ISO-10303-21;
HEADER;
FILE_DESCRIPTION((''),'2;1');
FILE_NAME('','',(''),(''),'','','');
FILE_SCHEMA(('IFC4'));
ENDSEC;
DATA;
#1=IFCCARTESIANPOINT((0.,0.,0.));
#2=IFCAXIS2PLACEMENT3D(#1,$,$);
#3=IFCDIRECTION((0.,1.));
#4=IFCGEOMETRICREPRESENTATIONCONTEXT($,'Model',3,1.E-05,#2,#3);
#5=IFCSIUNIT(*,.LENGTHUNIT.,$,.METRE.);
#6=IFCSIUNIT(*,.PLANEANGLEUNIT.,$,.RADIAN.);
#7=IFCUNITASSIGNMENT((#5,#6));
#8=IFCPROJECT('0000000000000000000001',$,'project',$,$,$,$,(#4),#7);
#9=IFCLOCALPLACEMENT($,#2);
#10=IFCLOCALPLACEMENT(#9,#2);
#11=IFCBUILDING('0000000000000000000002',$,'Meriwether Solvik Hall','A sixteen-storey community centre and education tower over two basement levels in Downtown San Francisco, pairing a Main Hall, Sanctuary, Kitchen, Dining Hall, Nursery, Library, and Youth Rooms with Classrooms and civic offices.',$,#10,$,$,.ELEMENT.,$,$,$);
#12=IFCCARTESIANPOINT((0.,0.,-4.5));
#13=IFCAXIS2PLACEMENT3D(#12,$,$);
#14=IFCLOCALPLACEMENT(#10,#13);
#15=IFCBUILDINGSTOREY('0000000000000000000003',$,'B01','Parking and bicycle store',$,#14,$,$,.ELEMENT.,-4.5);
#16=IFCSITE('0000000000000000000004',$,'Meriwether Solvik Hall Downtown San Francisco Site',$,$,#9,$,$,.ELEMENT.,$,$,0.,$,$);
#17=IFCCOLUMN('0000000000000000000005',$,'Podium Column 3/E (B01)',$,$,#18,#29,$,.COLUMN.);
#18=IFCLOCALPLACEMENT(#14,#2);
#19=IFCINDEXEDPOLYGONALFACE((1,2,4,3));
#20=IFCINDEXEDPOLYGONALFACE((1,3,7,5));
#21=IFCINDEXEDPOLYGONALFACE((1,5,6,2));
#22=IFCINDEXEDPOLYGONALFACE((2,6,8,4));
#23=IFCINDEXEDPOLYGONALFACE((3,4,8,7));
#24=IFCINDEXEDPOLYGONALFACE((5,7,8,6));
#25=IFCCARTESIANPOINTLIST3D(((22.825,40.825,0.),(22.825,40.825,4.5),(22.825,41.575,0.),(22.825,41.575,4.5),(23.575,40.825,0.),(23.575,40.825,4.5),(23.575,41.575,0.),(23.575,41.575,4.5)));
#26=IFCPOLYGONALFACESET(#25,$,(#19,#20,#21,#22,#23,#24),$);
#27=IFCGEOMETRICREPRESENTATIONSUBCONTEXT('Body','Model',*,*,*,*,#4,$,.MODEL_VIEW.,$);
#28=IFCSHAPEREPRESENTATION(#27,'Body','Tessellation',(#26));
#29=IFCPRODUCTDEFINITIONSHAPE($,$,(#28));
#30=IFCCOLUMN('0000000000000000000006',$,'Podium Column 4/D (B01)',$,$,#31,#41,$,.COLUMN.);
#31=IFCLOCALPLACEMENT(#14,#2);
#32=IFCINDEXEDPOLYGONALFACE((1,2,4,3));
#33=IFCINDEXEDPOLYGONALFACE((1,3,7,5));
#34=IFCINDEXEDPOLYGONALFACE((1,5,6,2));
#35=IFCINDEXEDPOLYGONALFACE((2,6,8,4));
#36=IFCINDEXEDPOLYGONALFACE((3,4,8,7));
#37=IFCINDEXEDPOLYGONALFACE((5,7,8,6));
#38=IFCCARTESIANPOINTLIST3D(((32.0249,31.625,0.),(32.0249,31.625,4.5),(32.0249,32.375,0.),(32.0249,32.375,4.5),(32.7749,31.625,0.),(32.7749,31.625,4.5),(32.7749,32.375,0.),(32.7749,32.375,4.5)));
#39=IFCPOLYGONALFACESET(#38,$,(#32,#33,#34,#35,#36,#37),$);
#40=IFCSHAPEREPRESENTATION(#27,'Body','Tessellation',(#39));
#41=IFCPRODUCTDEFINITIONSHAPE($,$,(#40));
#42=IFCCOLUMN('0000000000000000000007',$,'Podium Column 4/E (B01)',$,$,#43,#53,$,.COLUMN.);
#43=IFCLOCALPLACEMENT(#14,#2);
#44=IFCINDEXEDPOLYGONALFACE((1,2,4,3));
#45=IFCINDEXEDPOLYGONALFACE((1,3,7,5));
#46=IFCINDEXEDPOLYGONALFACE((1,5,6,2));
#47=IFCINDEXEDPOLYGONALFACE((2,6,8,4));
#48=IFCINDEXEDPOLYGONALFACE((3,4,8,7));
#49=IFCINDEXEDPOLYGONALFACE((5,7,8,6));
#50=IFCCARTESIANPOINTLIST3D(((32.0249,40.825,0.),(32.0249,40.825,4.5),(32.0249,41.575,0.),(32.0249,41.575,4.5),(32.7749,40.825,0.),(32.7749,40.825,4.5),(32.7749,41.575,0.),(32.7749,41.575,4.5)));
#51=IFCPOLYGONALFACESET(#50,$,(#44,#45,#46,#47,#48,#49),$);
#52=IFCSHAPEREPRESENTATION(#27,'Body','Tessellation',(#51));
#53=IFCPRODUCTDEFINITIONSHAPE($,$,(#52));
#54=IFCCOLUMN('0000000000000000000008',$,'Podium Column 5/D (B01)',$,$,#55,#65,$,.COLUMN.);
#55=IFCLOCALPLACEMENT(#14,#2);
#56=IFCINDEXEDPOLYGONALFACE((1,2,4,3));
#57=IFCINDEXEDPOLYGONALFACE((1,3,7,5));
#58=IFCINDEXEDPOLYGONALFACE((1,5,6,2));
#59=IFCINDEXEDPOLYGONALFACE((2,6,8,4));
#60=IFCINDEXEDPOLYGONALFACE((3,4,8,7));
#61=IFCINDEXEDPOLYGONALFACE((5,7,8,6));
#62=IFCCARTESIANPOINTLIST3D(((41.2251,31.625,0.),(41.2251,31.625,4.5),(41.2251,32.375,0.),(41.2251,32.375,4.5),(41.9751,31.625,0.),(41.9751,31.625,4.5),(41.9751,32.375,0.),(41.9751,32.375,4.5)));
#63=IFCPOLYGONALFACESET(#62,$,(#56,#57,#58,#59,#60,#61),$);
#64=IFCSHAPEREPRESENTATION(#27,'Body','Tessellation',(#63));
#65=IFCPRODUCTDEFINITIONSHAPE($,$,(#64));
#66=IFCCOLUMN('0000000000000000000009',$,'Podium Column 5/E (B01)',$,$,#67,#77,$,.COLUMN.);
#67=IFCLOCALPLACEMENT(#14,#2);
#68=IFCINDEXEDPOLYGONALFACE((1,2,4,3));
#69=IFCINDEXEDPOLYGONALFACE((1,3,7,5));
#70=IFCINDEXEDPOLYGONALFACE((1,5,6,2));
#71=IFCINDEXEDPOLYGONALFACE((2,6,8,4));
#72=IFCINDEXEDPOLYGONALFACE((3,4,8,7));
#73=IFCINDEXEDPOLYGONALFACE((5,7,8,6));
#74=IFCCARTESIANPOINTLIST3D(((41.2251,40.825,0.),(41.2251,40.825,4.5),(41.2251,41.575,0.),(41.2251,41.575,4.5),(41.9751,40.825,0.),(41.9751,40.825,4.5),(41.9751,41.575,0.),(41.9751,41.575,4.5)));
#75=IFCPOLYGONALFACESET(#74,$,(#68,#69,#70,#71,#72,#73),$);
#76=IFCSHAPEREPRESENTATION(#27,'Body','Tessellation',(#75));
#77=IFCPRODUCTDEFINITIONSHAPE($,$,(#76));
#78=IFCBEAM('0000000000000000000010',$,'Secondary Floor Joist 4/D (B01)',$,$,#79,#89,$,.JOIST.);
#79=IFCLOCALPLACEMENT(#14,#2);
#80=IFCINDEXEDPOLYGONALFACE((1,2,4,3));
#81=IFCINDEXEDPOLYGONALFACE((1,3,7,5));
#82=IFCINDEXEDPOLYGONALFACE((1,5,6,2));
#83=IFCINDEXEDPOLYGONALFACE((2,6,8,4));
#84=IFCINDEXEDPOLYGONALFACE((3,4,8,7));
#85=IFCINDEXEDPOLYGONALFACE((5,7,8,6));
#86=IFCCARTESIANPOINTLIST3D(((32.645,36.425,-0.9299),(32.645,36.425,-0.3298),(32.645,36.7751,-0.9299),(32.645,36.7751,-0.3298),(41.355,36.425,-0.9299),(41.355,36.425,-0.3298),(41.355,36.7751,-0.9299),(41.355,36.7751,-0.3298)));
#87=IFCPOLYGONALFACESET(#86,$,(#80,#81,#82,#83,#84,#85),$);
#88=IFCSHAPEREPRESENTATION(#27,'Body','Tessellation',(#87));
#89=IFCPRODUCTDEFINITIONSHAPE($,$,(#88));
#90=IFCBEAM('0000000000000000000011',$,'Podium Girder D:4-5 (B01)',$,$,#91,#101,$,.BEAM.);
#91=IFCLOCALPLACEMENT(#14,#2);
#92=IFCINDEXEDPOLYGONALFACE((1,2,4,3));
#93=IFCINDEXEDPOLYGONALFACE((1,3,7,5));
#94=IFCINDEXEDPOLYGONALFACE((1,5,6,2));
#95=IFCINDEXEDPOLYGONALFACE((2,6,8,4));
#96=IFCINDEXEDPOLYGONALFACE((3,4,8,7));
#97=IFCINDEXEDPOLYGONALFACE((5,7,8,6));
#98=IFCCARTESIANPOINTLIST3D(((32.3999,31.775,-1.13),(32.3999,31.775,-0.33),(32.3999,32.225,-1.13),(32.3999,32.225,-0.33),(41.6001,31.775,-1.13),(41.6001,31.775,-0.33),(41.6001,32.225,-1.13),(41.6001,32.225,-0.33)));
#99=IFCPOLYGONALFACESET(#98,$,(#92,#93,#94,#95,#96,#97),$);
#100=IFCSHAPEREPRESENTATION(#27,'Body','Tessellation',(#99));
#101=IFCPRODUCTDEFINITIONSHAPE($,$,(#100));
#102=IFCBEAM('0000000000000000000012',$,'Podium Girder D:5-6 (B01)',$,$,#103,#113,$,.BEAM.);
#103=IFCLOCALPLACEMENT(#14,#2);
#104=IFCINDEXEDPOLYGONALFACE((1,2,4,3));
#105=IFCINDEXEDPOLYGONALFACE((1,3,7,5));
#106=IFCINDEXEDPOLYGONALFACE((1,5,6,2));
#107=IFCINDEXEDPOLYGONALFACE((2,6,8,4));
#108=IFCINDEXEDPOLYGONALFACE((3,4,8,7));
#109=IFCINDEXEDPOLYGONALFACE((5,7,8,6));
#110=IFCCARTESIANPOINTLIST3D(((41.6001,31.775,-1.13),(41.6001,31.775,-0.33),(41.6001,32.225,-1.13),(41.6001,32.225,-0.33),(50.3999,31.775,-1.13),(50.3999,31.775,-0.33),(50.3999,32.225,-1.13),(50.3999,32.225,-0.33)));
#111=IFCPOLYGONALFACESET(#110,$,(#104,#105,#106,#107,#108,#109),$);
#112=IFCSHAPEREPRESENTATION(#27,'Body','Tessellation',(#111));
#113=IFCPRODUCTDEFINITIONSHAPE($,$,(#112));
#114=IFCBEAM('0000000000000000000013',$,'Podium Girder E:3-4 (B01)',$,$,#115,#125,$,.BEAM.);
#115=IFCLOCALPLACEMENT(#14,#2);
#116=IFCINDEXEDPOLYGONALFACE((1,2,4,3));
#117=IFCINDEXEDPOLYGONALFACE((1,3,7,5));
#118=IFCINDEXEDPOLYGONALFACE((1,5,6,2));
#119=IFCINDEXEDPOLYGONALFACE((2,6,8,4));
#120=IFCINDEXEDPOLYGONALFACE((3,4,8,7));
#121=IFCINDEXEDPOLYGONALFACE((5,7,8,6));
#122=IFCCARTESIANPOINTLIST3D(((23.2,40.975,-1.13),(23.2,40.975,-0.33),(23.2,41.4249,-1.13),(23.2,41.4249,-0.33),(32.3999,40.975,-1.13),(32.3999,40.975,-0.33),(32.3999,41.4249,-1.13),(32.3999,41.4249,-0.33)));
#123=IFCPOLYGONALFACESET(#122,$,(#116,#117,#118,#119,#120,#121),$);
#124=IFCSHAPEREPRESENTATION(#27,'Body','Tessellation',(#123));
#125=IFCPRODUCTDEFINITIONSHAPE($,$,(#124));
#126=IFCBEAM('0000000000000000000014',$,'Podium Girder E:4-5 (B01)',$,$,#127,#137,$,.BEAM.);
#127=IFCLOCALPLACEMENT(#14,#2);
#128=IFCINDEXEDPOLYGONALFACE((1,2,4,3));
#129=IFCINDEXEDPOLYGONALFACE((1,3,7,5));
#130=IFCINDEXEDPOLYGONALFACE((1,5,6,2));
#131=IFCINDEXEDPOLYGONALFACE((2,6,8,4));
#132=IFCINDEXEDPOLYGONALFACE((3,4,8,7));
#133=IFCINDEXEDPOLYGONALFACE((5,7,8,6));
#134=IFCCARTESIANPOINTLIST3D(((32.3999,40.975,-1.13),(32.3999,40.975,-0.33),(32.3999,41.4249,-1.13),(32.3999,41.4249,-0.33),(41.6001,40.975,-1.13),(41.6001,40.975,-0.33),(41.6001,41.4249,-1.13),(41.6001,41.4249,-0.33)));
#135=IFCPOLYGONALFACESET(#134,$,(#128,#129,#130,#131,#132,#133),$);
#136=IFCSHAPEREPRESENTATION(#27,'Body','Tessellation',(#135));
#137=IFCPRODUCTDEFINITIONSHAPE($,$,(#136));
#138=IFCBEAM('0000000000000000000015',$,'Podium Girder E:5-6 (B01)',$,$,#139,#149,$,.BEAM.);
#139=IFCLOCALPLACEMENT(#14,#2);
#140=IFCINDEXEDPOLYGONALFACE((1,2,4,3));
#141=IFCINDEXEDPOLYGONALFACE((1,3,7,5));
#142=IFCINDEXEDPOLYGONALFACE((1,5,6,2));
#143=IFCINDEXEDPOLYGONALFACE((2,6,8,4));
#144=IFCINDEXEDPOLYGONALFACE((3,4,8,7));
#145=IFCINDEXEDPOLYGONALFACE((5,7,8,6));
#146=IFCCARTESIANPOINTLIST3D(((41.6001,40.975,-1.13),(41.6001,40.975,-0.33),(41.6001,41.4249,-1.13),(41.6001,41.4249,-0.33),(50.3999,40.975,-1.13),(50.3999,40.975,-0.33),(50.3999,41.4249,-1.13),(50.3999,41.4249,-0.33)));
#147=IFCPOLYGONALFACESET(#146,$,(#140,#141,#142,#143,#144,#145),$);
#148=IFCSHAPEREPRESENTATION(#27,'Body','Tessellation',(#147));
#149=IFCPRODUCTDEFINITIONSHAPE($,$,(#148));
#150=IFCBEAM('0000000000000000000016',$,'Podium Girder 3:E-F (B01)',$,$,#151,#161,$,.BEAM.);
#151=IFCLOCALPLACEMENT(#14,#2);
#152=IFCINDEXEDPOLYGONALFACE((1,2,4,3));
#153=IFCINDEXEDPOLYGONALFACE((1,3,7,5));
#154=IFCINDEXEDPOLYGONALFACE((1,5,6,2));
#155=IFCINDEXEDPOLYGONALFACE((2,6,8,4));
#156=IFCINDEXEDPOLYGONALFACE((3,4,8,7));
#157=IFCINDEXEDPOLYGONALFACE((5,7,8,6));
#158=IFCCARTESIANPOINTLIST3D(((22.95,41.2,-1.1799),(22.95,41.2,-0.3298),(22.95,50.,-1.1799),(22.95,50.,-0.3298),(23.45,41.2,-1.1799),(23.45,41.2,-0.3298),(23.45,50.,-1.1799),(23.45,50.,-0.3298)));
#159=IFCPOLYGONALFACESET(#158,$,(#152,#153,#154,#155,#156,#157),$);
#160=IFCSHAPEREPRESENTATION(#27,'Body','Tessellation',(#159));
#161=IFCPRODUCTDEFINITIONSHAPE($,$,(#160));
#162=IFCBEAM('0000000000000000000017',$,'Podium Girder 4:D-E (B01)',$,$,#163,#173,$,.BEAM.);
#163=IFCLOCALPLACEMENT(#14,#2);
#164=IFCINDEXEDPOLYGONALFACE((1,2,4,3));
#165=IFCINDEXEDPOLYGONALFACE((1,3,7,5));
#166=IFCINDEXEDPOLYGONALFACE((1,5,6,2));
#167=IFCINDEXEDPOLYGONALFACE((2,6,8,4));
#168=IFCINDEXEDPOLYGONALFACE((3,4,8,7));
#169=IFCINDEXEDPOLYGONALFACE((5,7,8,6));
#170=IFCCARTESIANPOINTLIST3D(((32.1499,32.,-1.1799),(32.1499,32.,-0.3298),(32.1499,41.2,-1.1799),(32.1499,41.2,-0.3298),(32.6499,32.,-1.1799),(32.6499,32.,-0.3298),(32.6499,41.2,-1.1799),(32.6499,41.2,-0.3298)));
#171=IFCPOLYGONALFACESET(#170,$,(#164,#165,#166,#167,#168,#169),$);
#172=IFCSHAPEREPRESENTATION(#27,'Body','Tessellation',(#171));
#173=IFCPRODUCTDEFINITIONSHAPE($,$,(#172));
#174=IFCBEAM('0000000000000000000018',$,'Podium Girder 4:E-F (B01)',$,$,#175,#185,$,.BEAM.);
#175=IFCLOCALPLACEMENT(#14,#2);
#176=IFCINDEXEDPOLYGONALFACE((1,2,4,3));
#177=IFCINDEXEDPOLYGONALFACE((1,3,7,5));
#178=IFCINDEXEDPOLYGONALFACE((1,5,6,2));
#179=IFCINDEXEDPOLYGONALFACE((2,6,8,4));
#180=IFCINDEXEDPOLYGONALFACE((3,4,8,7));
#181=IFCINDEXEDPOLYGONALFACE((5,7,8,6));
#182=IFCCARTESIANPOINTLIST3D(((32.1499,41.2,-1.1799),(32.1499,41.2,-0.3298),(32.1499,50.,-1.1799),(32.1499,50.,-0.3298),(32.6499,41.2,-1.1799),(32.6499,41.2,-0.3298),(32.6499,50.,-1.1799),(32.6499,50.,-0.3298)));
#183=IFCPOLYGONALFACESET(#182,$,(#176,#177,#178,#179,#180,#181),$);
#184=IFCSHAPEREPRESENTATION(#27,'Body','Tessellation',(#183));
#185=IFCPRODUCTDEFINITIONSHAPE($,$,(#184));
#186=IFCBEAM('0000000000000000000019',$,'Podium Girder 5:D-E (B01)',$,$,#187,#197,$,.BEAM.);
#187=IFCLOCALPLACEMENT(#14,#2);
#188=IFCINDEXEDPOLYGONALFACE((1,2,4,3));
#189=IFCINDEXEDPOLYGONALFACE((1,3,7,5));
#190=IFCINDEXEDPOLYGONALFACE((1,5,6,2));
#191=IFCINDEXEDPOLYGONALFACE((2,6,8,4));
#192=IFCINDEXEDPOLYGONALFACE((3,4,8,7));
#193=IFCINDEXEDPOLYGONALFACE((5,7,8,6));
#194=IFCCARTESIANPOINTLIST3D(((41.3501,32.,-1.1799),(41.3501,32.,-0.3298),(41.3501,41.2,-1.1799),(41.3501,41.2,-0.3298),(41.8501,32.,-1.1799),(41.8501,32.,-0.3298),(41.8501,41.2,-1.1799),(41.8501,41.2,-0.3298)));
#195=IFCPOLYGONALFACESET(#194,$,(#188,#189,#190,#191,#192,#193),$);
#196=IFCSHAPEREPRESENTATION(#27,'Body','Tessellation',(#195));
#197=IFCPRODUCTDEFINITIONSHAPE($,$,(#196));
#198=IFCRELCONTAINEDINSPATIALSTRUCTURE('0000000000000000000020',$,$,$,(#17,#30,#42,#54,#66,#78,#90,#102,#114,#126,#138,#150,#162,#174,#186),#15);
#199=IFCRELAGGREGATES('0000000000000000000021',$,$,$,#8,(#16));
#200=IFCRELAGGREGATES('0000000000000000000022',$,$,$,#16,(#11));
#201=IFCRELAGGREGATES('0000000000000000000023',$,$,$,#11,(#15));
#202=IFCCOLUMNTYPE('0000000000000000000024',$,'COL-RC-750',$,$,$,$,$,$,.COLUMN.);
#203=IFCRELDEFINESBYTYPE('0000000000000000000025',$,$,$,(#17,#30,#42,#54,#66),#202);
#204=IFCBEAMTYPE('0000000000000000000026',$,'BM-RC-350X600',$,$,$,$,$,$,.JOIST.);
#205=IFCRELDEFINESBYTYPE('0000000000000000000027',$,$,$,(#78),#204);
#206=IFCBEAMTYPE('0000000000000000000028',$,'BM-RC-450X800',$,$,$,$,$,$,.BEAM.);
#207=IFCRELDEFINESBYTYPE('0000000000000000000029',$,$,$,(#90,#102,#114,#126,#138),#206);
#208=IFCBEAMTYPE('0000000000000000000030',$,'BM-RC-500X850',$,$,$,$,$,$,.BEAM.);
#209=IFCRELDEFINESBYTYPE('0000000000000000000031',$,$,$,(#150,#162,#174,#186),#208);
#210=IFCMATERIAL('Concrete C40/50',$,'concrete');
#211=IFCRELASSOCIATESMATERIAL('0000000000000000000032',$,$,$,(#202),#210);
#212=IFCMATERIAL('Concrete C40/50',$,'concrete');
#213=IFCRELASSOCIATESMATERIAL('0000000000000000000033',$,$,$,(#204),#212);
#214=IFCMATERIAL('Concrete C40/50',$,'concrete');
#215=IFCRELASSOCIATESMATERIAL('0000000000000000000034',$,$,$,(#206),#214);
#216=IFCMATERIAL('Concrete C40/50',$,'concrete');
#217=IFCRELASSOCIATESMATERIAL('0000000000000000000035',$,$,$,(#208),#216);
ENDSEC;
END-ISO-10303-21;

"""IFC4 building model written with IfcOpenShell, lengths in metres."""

from ifc_helpers import new_model, si_unit, direction, frame, origin, origin_2d, place, context, subcontext, project, spatial, rectangle, extrude, material, material_profile, profile_set, type_object, element, save


model = new_model("IFC4")

# Units and contexts
model_context = context("Model", 3, precision=1e-05, world=origin(), true_north=direction((0.0, 1.0)))
body_context = subcontext(model_context, "Body", "Model", "MODEL_VIEW")
ifc_project = project(units=[si_unit("LENGTHUNIT", "METRE"), si_unit("PLANEANGLEUNIT", "RADIAN")], contexts=[model_context])

# Site, building, storey
site_placement = place(None, origin())
site = spatial("IfcSite", under=ifc_project, at=site_placement, Name="Meriwether Solvik Hall Downtown San Francisco Site", CompositionType="ELEMENT", RefElevation=0.0)
building_placement = place(site_placement, origin())
building = spatial("IfcBuilding", under=site, at=building_placement, Name="Meriwether Solvik Hall", Description="A sixteen-storey community centre and education tower over two basement levels in Downtown San Francisco, pairing a Main Hall, Sanctuary, Kitchen, Dining Hall, Nursery, Library, and Youth Rooms with Classrooms and civic offices.", CompositionType="ELEMENT")
storey_placement = place(building_placement, frame((0.0, 0.0, -4.5)))
storey = spatial("IfcBuildingStorey", under=building, at=storey_placement, Name="B01", Description="Parking and bicycle store", CompositionType="ELEMENT", Elevation=-4.5)

# Columns
ifc_material_1 = material(Name="Concrete C40/50", Category="concrete")
ifc_material_profile_1 = material_profile(ifc_material_1, rectangle(XDim=0.75, YDim=0.75, at=origin_2d()), Name="RCC-750X750")
ifc_profile_set_1 = profile_set([ifc_material_profile_1], Name="Concrete C40/50")
column_type = type_object("IfcColumnType", Name="COL-RC-750", PredefinedType="COLUMN", material=ifc_profile_set_1)
for number, where, z_axis, x_axis, name in (
    (1, (23.2, 41.2, 0.0), (0.0, 0.0, 1.0), (1.0, 0.0, 0.0), "Podium Column 3/E (B01)"),
    (2, (32.3999, 32.0, 0.0), (0.0, 0.0, 1.0), (1.0, 0.0, 0.0), "Podium Column 4/D (B01)"),
    (3, (32.3999, 41.2, 0.0), (0.0, 0.0, 1.0), (1.0, 0.0, 0.0), "Podium Column 4/E (B01)"),
    (4, (41.6001, 32.0, 0.0), (0.0, 0.0, 1.0), (1.0, 0.0, 0.0), "Podium Column 5/D (B01)"),
    (5, (41.6001, 41.2, 0.0), (0.0, 0.0, 1.0), (1.0, 0.0, 0.0), "Podium Column 5/E (B01)"),
):
    element("IfcColumn", number, at=place(storey_placement, frame(where, z_axis=z_axis, x_axis=x_axis)), inside=storey, type_object=column_type, Name=name, PredefinedType="COLUMN", context=body_context, shape_type="SweptSolid", body=[
        extrude(rectangle(XDim=0.75, YDim=0.75, at=origin_2d()), origin(), (0.0, 0.0, 1.0), 4.5),
    ])

# Beams
ifc_material_2 = material(Name="Concrete C40/50", Category="concrete")
ifc_material_profile_2 = material_profile(ifc_material_2, rectangle(XDim=0.3501, YDim=0.6001, at=origin_2d()), Name="RCB-350X600")
ifc_profile_set_2 = profile_set([ifc_material_profile_2], Name="Concrete C40/50")
beam_type_1 = type_object("IfcBeamType", Name="BM-RC-350X600", PredefinedType="JOIST", material=ifc_profile_set_2)
beam_1_placement = place(storey_placement, frame((32.645, 36.6001, -0.6299), z_axis=(1.0, 0.0, 0.0), x_axis=(0.0, 1.0, 0.0)))
element("IfcBeam", 6, at=beam_1_placement, inside=storey, type_object=beam_type_1, Name="Secondary Floor Joist 4/D (B01)", PredefinedType="JOIST", context=body_context, shape_type="SweptSolid", body=[
    extrude(rectangle(XDim=0.3501, YDim=0.6001, at=origin_2d()), origin(), (0.0, 0.0, 1.0), 8.71),
])
ifc_material_3 = material(Name="Concrete C40/50", Category="concrete")
ifc_material_profile_3 = material_profile(ifc_material_3, rectangle(XDim=0.45, YDim=0.8, at=origin_2d()), Name="RCB-450X800")
ifc_profile_set_3 = profile_set([ifc_material_profile_3], Name="Concrete C40/50")
beam_type_2 = type_object("IfcBeamType", Name="BM-RC-450X800", PredefinedType="BEAM", material=ifc_profile_set_3)
beam_2_placement = place(storey_placement, frame((32.3999, 32.0, -0.73), z_axis=(1.0, 0.0, 0.0), x_axis=(0.0, 1.0, 0.0)))
element("IfcBeam", 7, at=beam_2_placement, inside=storey, type_object=beam_type_2, Name="Podium Girder D:4-5 (B01)", PredefinedType="BEAM", context=body_context, shape_type="SweptSolid", body=[
    extrude(rectangle(XDim=0.45, YDim=0.8, at=origin_2d()), origin(), (0.0, 0.0, 1.0), 9.2002),
])
beam_3_placement = place(storey_placement, frame((41.6001, 32.0, -0.73), z_axis=(1.0, 0.0, 0.0), x_axis=(0.0, 1.0, 0.0)))
element("IfcBeam", 8, at=beam_3_placement, inside=storey, type_object=beam_type_2, Name="Podium Girder D:5-6 (B01)", PredefinedType="BEAM", context=body_context, shape_type="SweptSolid", body=[
    extrude(rectangle(XDim=0.45, YDim=0.8, at=origin_2d()), origin(), (0.0, 0.0, 1.0), 8.7998),
])
beam_4_placement = place(storey_placement, frame((23.2, 41.2, -0.73), z_axis=(1.0, 0.0, 0.0), x_axis=(0.0, 1.0, 0.0)))
element("IfcBeam", 9, at=beam_4_placement, inside=storey, type_object=beam_type_2, Name="Podium Girder E:3-4 (B01)", PredefinedType="BEAM", context=body_context, shape_type="SweptSolid", body=[
    extrude(rectangle(XDim=0.45, YDim=0.8, at=origin_2d()), origin(), (0.0, 0.0, 1.0), 9.2),
])
beam_5_placement = place(storey_placement, frame((32.3999, 41.2, -0.73), z_axis=(1.0, 0.0, 0.0), x_axis=(0.0, 1.0, 0.0)))
element("IfcBeam", 10, at=beam_5_placement, inside=storey, type_object=beam_type_2, Name="Podium Girder E:4-5 (B01)", PredefinedType="BEAM", context=body_context, shape_type="SweptSolid", body=[
    extrude(rectangle(XDim=0.45, YDim=0.8, at=origin_2d()), origin(), (0.0, 0.0, 1.0), 9.2002),
])
beam_6_placement = place(storey_placement, frame((41.6001, 41.2, -0.73), z_axis=(1.0, 0.0, 0.0), x_axis=(0.0, 1.0, 0.0)))
element("IfcBeam", 11, at=beam_6_placement, inside=storey, type_object=beam_type_2, Name="Podium Girder E:5-6 (B01)", PredefinedType="BEAM", context=body_context, shape_type="SweptSolid", body=[
    extrude(rectangle(XDim=0.45, YDim=0.8, at=origin_2d()), origin(), (0.0, 0.0, 1.0), 8.7998),
])
ifc_material_4 = material(Name="Concrete C40/50", Category="concrete")
ifc_material_profile_4 = material_profile(ifc_material_4, rectangle(XDim=0.5, YDim=0.8501, at=origin_2d()), Name="RCB-500X850")
ifc_profile_set_4 = profile_set([ifc_material_profile_4], Name="Concrete C40/50")
beam_type_3 = type_object("IfcBeamType", Name="BM-RC-500X850", PredefinedType="BEAM", material=ifc_profile_set_4)
beam_7_placement = place(storey_placement, frame((23.2, 41.2, -0.7549), z_axis=(0.0, 1.0, 0.0), x_axis=(-1.0, 0.0, 0.0)))
element("IfcBeam", 12, at=beam_7_placement, inside=storey, type_object=beam_type_3, Name="Podium Girder 3:E-F (B01)", PredefinedType="BEAM", context=body_context, shape_type="SweptSolid", body=[
    extrude(rectangle(XDim=0.5, YDim=0.8501, at=origin_2d()), origin(), (0.0, 0.0, 1.0), 8.8),
])
beam_8_placement = place(storey_placement, frame((32.3999, 32.0, -0.7549), z_axis=(0.0, 1.0, 0.0), x_axis=(-1.0, 0.0, 0.0)))
element("IfcBeam", 13, at=beam_8_placement, inside=storey, type_object=beam_type_3, Name="Podium Girder 4:D-E (B01)", PredefinedType="BEAM", context=body_context, shape_type="SweptSolid", body=[
    extrude(rectangle(XDim=0.5, YDim=0.8501, at=origin_2d()), origin(), (0.0, 0.0, 1.0), 9.2),
])
beam_9_placement = place(storey_placement, frame((32.3999, 41.2, -0.7549), z_axis=(0.0, 1.0, 0.0), x_axis=(-1.0, 0.0, 0.0)))
element("IfcBeam", 14, at=beam_9_placement, inside=storey, type_object=beam_type_3, Name="Podium Girder 4:E-F (B01)", PredefinedType="BEAM", context=body_context, shape_type="SweptSolid", body=[
    extrude(rectangle(XDim=0.5, YDim=0.8501, at=origin_2d()), origin(), (0.0, 0.0, 1.0), 8.8),
])
beam_10_placement = place(storey_placement, frame((41.6001, 32.0, -0.7549), z_axis=(0.0, 1.0, 0.0), x_axis=(-1.0, 0.0, 0.0)))
element("IfcBeam", 15, at=beam_10_placement, inside=storey, type_object=beam_type_3, Name="Podium Girder 5:D-E (B01)", PredefinedType="BEAM", context=body_context, shape_type="SweptSolid", body=[
    extrude(rectangle(XDim=0.5, YDim=0.8501, at=origin_2d()), origin(), (0.0, 0.0, 1.0), 9.2),
])

save(model, "model.ifc")
